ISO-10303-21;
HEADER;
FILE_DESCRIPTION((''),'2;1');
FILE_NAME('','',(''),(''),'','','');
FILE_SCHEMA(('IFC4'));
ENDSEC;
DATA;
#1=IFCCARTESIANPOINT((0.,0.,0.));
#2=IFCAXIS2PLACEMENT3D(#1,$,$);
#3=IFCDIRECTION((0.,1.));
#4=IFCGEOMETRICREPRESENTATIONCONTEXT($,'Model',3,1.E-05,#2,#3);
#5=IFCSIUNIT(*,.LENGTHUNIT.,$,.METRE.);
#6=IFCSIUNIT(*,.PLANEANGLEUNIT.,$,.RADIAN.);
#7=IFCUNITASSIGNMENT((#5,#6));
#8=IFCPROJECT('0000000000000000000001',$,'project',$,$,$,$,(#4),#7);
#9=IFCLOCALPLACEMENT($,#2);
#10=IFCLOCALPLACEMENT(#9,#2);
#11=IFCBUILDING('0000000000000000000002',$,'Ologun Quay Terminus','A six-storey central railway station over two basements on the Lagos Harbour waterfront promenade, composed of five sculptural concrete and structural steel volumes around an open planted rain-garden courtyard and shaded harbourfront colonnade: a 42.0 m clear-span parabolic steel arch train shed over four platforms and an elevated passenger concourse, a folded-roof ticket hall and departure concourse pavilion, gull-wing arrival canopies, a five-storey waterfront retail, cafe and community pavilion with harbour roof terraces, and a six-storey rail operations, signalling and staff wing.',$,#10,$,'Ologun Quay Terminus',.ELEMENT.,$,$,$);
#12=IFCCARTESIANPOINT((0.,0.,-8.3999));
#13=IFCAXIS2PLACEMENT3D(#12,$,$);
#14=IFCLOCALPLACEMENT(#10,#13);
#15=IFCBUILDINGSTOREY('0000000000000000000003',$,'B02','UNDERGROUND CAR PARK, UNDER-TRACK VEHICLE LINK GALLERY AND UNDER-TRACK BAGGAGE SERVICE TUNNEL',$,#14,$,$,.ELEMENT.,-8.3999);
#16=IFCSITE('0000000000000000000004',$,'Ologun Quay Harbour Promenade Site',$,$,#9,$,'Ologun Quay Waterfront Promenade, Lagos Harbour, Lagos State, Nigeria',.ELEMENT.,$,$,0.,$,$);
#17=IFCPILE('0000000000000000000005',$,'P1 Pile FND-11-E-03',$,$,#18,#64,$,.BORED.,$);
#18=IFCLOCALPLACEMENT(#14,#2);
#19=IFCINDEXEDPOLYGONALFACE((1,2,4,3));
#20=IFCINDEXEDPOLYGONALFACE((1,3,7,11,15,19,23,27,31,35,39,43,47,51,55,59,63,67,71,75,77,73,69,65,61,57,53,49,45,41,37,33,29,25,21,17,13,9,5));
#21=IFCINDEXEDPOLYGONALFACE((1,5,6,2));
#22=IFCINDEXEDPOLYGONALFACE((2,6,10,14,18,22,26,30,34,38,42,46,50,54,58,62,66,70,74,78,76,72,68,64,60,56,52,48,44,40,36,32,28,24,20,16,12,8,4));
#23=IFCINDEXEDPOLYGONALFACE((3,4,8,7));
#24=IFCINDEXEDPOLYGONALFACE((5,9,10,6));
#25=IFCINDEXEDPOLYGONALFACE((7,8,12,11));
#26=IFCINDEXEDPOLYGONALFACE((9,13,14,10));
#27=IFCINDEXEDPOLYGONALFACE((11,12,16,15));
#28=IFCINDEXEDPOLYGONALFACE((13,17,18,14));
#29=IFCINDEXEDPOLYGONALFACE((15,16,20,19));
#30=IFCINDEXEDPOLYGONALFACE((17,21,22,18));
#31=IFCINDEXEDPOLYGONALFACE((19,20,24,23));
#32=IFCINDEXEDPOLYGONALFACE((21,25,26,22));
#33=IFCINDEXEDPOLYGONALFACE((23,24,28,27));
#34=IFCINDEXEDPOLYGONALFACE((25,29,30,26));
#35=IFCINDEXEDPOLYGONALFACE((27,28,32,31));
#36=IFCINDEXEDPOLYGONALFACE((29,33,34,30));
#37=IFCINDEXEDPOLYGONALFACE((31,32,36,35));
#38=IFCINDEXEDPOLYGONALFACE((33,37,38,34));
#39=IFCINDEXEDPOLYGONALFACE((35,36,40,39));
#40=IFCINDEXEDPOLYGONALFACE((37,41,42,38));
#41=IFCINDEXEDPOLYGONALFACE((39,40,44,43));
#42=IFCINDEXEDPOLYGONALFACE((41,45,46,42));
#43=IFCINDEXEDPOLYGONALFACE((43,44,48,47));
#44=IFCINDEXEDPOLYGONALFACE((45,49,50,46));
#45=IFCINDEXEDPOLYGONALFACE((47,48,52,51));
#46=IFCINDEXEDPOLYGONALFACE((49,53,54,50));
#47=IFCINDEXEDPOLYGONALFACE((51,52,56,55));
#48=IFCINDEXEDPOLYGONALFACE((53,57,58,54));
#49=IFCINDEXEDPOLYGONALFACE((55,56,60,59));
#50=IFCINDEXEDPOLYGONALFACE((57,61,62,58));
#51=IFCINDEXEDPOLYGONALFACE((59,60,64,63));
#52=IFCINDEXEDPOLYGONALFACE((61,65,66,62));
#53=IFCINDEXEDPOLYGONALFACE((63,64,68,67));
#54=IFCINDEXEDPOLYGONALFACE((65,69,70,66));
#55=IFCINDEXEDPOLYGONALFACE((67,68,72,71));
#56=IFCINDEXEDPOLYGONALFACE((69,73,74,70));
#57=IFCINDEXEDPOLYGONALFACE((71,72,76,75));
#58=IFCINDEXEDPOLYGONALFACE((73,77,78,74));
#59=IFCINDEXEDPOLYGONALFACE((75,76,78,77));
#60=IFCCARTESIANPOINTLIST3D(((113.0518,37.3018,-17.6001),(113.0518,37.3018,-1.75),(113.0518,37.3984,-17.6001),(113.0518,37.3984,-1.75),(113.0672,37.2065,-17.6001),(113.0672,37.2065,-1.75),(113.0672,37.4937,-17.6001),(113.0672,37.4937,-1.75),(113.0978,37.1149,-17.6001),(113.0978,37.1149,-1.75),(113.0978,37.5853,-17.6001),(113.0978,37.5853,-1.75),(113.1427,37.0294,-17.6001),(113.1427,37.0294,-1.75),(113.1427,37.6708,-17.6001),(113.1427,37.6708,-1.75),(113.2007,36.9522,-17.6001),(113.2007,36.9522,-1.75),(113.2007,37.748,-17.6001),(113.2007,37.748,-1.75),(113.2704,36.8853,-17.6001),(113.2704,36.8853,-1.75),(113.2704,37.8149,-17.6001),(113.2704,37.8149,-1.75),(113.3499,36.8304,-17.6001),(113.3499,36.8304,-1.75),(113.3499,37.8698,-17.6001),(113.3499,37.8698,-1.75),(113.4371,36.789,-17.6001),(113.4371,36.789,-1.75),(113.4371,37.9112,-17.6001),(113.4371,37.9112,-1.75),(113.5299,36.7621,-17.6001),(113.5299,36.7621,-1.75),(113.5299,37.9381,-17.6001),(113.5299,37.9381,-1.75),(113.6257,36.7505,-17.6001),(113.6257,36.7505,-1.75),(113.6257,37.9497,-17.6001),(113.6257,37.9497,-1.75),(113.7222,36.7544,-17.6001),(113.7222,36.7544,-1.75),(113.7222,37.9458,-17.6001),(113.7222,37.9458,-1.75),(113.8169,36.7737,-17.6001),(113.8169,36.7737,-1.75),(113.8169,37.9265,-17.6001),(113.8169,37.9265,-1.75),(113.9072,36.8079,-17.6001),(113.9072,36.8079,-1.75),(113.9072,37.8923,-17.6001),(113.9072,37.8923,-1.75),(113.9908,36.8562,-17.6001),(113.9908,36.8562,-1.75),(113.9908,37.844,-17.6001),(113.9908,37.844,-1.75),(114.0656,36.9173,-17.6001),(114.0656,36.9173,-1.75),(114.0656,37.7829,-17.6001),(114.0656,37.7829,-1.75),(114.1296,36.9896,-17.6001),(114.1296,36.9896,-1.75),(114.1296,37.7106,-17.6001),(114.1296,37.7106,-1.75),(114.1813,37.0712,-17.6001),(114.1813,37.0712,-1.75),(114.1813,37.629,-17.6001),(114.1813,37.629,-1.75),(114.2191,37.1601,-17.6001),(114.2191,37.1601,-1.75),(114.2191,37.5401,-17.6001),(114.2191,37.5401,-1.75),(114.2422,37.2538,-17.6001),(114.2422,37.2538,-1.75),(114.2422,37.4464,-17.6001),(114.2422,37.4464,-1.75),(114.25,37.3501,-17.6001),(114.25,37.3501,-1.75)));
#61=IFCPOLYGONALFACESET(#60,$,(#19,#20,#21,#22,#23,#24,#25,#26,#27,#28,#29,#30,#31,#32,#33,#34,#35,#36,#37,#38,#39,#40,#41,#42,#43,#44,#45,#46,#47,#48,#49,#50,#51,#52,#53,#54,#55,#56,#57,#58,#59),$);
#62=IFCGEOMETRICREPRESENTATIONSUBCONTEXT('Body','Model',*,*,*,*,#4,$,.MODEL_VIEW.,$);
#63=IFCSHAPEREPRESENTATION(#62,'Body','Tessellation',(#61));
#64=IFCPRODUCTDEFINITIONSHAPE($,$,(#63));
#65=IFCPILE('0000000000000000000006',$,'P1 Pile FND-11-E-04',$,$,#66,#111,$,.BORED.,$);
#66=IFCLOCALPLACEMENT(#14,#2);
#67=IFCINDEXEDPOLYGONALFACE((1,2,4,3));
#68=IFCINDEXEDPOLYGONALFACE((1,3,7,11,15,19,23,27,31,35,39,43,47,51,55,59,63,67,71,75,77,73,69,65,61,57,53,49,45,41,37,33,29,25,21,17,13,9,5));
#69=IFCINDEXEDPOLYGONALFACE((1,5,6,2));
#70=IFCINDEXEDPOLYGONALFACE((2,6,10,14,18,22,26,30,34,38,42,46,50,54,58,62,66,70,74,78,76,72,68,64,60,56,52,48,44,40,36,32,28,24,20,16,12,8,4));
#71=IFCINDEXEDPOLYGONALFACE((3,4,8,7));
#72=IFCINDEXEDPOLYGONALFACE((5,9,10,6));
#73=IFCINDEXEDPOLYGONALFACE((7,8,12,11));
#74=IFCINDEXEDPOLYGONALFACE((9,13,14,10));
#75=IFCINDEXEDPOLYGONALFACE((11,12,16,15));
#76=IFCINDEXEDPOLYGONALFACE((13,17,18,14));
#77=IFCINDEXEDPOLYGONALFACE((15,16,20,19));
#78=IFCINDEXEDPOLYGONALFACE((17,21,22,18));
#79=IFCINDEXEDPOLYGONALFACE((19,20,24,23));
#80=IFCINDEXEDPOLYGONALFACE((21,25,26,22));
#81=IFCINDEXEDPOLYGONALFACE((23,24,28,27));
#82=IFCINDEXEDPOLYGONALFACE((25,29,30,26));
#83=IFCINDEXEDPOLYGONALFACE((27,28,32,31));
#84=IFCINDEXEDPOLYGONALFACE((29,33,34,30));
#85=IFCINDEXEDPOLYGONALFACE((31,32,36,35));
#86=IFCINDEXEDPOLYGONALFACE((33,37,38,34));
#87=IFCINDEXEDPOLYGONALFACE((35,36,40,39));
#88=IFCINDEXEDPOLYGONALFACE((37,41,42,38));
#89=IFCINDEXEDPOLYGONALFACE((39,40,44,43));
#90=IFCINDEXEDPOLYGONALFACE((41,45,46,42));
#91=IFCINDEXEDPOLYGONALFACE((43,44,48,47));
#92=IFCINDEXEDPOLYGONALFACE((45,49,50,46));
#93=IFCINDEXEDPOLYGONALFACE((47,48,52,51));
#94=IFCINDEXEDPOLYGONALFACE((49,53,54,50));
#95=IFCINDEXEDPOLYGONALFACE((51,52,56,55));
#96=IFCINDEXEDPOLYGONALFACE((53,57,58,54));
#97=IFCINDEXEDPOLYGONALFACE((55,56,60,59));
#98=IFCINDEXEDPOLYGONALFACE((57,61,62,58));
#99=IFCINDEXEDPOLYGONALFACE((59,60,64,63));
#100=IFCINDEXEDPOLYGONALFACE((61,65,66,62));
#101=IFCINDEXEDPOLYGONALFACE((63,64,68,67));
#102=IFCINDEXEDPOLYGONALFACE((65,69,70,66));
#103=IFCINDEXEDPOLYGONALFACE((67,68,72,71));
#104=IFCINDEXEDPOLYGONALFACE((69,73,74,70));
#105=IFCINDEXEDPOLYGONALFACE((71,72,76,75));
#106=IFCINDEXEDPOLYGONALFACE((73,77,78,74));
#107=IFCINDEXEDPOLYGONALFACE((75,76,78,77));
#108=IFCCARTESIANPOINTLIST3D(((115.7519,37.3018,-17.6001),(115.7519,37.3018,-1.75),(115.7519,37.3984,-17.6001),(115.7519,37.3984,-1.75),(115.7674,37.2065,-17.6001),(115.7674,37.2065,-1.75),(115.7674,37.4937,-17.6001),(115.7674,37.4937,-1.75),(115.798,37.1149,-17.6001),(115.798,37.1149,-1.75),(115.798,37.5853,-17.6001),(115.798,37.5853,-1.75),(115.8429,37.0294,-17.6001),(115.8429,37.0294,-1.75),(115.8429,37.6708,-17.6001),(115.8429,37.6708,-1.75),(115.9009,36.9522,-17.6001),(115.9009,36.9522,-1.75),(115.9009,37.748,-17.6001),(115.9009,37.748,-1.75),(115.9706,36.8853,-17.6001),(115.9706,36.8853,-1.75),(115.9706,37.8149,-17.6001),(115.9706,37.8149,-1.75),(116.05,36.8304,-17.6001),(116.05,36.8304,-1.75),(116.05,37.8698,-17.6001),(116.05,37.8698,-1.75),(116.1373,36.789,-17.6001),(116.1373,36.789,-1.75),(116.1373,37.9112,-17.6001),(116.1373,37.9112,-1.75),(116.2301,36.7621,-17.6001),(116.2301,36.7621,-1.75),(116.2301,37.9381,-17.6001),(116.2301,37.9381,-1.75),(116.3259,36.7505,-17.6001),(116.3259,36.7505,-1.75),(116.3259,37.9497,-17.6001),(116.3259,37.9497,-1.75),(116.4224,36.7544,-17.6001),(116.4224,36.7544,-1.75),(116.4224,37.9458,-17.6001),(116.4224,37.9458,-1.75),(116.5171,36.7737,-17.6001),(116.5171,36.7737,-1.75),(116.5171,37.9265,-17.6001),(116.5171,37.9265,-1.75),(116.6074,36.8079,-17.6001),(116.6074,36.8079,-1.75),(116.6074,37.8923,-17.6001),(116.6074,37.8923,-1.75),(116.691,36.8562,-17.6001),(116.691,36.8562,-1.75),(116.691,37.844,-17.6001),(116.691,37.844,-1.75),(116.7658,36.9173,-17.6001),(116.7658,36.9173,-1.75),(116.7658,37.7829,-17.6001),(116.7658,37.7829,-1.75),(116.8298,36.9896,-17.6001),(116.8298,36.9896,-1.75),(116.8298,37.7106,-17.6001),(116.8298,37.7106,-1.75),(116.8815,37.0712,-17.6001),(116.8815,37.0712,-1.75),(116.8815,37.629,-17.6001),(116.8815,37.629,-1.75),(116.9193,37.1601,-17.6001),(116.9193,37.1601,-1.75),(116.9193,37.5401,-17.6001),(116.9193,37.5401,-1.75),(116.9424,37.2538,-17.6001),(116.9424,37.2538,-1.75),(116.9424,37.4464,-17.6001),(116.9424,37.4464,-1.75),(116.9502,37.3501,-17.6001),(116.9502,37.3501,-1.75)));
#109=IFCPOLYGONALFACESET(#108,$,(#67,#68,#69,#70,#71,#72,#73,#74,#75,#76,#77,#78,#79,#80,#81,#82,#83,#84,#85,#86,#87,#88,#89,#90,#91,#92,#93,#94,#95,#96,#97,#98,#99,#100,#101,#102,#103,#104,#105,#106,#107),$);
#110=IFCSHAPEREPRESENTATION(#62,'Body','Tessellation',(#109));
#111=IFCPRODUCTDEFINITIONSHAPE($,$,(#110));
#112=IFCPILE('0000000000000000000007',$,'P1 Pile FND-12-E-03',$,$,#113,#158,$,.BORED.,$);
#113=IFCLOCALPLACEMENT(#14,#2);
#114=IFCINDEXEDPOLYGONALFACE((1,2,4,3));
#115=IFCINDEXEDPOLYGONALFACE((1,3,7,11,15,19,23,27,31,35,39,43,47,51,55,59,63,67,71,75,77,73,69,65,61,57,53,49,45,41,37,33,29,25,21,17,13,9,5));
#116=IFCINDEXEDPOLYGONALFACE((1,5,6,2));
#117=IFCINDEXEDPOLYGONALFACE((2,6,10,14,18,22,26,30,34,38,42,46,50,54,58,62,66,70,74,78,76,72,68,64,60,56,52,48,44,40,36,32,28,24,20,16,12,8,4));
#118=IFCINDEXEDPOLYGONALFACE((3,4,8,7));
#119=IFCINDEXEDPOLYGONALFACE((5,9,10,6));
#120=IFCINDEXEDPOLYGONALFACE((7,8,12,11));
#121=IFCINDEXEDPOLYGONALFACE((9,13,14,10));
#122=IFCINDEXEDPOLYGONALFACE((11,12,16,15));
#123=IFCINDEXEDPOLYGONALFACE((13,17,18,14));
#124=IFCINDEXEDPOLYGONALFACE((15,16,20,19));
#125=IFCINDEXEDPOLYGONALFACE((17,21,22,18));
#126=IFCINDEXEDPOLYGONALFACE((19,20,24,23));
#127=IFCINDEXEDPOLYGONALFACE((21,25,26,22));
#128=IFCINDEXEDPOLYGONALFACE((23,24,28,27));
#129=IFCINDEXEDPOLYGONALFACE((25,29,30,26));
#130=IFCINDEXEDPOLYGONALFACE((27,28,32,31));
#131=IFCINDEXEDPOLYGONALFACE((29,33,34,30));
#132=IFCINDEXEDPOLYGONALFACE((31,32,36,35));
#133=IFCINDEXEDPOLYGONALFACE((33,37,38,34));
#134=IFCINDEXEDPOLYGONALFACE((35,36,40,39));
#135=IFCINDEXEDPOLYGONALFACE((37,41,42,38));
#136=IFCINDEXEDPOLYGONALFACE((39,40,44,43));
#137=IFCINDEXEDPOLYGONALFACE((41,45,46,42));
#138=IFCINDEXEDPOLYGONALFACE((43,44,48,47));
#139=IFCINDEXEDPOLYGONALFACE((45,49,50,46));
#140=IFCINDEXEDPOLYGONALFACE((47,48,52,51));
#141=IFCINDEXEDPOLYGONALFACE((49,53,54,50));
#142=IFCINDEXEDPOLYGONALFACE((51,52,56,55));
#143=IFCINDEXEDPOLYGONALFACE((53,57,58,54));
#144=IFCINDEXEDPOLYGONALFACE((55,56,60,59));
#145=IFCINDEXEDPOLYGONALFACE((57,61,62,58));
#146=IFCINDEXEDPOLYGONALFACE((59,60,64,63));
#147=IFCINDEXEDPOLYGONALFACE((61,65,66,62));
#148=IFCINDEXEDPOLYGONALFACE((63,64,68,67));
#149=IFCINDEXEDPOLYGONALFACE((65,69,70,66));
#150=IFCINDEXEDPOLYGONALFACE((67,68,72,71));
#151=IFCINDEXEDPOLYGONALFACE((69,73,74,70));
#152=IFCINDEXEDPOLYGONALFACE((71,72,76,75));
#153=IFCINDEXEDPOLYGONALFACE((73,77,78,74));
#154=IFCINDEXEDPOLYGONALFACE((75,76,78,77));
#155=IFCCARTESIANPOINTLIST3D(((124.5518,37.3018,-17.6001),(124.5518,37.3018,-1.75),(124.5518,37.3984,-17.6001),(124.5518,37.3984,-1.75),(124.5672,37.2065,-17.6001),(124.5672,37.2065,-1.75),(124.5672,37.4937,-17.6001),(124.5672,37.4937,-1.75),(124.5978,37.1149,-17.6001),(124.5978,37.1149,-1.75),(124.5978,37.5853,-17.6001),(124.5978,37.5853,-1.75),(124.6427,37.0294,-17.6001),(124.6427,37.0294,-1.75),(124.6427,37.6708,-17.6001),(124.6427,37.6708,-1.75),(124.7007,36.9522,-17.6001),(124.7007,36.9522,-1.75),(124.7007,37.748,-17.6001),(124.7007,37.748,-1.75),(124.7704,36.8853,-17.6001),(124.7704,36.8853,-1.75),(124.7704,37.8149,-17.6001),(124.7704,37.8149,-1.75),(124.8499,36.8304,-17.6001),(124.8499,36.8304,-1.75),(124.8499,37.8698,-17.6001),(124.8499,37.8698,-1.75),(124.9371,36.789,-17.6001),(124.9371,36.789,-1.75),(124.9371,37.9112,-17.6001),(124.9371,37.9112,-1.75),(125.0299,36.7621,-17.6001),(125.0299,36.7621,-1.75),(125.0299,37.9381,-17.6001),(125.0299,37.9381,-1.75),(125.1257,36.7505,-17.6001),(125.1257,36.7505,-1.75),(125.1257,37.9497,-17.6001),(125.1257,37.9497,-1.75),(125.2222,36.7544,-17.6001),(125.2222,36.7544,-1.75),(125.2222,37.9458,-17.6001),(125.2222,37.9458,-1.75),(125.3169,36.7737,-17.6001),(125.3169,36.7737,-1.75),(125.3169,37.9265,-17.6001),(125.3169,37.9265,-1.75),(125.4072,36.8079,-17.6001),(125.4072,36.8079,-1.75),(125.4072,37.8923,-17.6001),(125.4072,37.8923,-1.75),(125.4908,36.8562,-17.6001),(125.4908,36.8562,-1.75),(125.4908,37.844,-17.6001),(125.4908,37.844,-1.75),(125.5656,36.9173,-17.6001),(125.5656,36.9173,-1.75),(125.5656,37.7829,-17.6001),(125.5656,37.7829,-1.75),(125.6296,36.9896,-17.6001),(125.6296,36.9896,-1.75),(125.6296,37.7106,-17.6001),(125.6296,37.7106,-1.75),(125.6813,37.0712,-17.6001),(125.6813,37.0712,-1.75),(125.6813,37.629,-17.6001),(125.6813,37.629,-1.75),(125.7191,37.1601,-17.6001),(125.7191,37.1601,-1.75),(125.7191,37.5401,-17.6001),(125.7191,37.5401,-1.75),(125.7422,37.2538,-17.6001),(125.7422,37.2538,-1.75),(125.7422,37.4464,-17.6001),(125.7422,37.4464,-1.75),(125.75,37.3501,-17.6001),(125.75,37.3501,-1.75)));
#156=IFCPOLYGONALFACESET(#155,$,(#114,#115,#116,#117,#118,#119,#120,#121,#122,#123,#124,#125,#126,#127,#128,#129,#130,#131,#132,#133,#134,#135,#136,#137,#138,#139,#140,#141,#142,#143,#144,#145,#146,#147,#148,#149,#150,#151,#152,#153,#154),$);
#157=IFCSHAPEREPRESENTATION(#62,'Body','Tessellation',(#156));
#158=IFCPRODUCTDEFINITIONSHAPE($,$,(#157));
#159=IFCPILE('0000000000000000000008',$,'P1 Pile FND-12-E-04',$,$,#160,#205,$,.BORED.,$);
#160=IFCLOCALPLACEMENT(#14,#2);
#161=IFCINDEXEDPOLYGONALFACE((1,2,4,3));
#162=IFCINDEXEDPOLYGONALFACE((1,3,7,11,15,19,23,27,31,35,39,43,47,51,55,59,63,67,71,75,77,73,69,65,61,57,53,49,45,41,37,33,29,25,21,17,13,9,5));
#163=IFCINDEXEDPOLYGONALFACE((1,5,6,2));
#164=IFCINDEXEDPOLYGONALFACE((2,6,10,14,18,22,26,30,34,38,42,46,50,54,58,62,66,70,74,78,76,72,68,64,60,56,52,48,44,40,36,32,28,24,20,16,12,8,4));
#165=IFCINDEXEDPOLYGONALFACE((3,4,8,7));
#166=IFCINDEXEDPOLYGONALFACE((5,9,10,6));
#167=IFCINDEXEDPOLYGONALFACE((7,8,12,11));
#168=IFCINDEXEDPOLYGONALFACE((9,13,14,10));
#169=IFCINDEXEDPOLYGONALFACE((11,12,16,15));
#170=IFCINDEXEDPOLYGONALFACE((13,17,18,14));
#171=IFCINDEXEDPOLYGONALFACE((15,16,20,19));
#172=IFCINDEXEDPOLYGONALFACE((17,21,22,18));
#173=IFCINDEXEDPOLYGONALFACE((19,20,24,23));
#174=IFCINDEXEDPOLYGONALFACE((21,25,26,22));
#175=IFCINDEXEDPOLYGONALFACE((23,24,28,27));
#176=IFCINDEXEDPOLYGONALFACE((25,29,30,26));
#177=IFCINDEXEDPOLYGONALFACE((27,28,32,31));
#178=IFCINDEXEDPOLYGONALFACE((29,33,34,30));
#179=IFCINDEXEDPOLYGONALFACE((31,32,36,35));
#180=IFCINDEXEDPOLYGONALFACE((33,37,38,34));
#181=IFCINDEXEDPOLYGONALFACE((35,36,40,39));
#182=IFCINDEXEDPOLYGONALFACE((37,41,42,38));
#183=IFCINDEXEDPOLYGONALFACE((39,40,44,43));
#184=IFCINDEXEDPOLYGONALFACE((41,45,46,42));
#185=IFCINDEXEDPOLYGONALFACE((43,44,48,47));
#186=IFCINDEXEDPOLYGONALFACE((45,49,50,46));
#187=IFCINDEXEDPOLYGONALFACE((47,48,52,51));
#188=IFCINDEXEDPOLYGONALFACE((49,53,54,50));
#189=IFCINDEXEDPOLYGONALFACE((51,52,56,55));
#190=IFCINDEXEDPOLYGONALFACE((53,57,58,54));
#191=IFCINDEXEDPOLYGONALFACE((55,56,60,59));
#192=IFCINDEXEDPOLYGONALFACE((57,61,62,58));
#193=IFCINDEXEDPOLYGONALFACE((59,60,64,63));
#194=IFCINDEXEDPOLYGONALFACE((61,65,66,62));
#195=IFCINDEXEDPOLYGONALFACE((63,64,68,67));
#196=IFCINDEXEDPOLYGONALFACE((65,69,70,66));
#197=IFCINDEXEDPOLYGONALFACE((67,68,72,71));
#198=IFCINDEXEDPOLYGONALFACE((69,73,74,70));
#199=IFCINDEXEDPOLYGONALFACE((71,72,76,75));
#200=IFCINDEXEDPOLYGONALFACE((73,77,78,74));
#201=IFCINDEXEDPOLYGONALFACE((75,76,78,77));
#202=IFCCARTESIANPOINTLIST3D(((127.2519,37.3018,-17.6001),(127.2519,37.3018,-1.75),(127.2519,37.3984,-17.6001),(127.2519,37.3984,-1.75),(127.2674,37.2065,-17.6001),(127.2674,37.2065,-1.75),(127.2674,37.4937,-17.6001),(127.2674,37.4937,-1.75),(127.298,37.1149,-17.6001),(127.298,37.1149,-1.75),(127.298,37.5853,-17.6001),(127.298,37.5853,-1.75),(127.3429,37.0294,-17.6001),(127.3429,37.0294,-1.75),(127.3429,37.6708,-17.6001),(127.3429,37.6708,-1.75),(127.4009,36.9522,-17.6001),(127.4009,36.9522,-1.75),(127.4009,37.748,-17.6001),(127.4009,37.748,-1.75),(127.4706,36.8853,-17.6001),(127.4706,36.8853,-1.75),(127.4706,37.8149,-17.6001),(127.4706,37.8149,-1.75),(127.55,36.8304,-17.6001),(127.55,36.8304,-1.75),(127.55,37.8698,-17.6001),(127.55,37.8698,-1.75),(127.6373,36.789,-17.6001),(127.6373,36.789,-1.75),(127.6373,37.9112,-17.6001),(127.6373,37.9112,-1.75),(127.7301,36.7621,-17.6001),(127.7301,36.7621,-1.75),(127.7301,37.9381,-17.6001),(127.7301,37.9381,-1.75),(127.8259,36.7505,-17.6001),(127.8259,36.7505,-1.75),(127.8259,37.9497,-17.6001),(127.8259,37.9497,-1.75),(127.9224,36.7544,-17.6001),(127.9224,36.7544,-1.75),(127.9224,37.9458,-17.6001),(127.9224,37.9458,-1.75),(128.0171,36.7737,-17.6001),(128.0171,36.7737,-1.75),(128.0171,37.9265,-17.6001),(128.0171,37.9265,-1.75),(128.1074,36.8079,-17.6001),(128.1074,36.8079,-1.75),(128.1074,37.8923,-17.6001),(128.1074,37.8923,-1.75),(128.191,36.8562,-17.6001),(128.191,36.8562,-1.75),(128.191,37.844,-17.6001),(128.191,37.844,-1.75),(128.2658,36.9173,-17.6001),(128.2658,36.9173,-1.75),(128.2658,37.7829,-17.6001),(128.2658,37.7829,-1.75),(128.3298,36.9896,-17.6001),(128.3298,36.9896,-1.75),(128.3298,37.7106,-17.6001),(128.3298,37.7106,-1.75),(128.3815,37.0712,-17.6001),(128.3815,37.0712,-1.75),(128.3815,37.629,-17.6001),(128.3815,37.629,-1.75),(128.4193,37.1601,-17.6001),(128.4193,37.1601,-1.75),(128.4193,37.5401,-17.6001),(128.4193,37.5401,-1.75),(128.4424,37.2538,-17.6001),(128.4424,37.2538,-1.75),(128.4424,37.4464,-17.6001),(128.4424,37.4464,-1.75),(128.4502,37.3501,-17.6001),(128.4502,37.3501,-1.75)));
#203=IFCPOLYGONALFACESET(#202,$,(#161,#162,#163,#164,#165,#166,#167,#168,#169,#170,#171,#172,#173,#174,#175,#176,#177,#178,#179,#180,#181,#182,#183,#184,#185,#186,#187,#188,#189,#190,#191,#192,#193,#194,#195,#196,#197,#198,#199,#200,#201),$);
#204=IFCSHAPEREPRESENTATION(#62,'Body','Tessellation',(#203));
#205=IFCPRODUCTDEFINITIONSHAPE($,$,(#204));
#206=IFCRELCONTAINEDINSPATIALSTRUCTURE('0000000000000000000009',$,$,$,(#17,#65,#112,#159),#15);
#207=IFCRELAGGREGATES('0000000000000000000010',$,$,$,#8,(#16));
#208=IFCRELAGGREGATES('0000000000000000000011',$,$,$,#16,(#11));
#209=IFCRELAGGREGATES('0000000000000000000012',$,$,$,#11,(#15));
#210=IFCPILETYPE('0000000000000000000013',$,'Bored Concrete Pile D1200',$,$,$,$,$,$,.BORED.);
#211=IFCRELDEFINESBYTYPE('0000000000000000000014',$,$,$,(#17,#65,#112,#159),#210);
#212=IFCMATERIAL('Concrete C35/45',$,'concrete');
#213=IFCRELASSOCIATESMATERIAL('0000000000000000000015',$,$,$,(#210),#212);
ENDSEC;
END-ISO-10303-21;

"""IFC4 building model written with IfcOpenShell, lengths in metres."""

from ifc_helpers import new_model, si_unit, direction, frame, origin, origin_2d, place, context, subcontext, project, spatial, circle, extrude, material, material_profile, profile_set, type_object, element, save


model = new_model("IFC4")

# Units and contexts
model_context = context("Model", 3, precision=1e-05, world=origin(), true_north=direction((0.0, 1.0)))
body_context = subcontext(model_context, "Body", "Model", "MODEL_VIEW")
ifc_project = project(units=[si_unit("LENGTHUNIT", "METRE"), si_unit("PLANEANGLEUNIT", "RADIAN")], contexts=[model_context])

# Site, building, storey
site_placement = place(None, origin())
site = spatial("IfcSite", under=ifc_project, at=site_placement, Name="Ologun Quay Harbour Promenade Site", LongName="Ologun Quay Waterfront Promenade, Lagos Harbour, Lagos State, Nigeria", CompositionType="ELEMENT", RefElevation=0.0)
building_placement = place(site_placement, origin())
building = spatial("IfcBuilding", under=site, at=building_placement, Name="Ologun Quay Terminus", Description="A six-storey central railway station over two basements on the Lagos Harbour waterfront promenade, composed of five sculptural concrete and structural steel volumes around an open planted rain-garden courtyard and shaded harbourfront colonnade: a 42.0 m clear-span parabolic steel arch train shed over four platforms and an elevated passenger concourse, a folded-roof ticket hall and departure concourse pavilion, gull-wing arrival canopies, a five-storey waterfront retail, cafe and community pavilion with harbour roof terraces, and a six-storey rail operations, signalling and staff wing.", LongName="Ologun Quay Terminus", CompositionType="ELEMENT")
storey_placement = place(building_placement, frame((0.0, 0.0, -8.3999)))
storey = spatial("IfcBuildingStorey", under=building, at=storey_placement, Name="B02", Description="UNDERGROUND CAR PARK, UNDER-TRACK VEHICLE LINK GALLERY AND UNDER-TRACK BAGGAGE SERVICE TUNNEL", CompositionType="ELEMENT", Elevation=-8.3999)

# Piles
ifc_material_1 = material(Name="Concrete C35/45", Category="concrete")
ifc_material_profile_1 = material_profile(ifc_material_1, circle(Radius=0.6001, at=origin_2d()), Name="PILE D1200")
ifc_profile_set_1 = profile_set([ifc_material_profile_1], Name="Concrete C35/45")
pile_type_1 = type_object("IfcPileType", Name="Bored Concrete Pile D1200", PredefinedType="BORED", material=ifc_profile_set_1)
for number, where, z_axis, x_axis, name in (
    (1, (113.6499, 37.3501, -1.75), (0.0, 0.0, -1.0), (1.0, 0.0, 0.0), "P1 Pile FND-11-E-03"),
    (2, (116.3501, 37.3501, -1.75), (0.0, 0.0, -1.0), (1.0, 0.0, 0.0), "P1 Pile FND-11-E-04"),
    (3, (125.1499, 37.3501, -1.75), (0.0, 0.0, -1.0), (1.0, 0.0, 0.0), "P1 Pile FND-12-E-03"),
    (4, (127.8501, 37.3501, -1.75), (0.0, 0.0, -1.0), (1.0, 0.0, 0.0), "P1 Pile FND-12-E-04"),
):
    element("IfcPile", number, at=place(storey_placement, frame(where, z_axis=z_axis, x_axis=x_axis)), inside=storey, type_object=pile_type_1, Name=name, PredefinedType="BORED", context=body_context, shape_type="SweptSolid", body=[
        extrude(circle(Radius=0.6001, at=origin_2d()), origin(), (0.0, 0.0, 1.0), 15.8501),
    ])

save(model, "model.ifc")
